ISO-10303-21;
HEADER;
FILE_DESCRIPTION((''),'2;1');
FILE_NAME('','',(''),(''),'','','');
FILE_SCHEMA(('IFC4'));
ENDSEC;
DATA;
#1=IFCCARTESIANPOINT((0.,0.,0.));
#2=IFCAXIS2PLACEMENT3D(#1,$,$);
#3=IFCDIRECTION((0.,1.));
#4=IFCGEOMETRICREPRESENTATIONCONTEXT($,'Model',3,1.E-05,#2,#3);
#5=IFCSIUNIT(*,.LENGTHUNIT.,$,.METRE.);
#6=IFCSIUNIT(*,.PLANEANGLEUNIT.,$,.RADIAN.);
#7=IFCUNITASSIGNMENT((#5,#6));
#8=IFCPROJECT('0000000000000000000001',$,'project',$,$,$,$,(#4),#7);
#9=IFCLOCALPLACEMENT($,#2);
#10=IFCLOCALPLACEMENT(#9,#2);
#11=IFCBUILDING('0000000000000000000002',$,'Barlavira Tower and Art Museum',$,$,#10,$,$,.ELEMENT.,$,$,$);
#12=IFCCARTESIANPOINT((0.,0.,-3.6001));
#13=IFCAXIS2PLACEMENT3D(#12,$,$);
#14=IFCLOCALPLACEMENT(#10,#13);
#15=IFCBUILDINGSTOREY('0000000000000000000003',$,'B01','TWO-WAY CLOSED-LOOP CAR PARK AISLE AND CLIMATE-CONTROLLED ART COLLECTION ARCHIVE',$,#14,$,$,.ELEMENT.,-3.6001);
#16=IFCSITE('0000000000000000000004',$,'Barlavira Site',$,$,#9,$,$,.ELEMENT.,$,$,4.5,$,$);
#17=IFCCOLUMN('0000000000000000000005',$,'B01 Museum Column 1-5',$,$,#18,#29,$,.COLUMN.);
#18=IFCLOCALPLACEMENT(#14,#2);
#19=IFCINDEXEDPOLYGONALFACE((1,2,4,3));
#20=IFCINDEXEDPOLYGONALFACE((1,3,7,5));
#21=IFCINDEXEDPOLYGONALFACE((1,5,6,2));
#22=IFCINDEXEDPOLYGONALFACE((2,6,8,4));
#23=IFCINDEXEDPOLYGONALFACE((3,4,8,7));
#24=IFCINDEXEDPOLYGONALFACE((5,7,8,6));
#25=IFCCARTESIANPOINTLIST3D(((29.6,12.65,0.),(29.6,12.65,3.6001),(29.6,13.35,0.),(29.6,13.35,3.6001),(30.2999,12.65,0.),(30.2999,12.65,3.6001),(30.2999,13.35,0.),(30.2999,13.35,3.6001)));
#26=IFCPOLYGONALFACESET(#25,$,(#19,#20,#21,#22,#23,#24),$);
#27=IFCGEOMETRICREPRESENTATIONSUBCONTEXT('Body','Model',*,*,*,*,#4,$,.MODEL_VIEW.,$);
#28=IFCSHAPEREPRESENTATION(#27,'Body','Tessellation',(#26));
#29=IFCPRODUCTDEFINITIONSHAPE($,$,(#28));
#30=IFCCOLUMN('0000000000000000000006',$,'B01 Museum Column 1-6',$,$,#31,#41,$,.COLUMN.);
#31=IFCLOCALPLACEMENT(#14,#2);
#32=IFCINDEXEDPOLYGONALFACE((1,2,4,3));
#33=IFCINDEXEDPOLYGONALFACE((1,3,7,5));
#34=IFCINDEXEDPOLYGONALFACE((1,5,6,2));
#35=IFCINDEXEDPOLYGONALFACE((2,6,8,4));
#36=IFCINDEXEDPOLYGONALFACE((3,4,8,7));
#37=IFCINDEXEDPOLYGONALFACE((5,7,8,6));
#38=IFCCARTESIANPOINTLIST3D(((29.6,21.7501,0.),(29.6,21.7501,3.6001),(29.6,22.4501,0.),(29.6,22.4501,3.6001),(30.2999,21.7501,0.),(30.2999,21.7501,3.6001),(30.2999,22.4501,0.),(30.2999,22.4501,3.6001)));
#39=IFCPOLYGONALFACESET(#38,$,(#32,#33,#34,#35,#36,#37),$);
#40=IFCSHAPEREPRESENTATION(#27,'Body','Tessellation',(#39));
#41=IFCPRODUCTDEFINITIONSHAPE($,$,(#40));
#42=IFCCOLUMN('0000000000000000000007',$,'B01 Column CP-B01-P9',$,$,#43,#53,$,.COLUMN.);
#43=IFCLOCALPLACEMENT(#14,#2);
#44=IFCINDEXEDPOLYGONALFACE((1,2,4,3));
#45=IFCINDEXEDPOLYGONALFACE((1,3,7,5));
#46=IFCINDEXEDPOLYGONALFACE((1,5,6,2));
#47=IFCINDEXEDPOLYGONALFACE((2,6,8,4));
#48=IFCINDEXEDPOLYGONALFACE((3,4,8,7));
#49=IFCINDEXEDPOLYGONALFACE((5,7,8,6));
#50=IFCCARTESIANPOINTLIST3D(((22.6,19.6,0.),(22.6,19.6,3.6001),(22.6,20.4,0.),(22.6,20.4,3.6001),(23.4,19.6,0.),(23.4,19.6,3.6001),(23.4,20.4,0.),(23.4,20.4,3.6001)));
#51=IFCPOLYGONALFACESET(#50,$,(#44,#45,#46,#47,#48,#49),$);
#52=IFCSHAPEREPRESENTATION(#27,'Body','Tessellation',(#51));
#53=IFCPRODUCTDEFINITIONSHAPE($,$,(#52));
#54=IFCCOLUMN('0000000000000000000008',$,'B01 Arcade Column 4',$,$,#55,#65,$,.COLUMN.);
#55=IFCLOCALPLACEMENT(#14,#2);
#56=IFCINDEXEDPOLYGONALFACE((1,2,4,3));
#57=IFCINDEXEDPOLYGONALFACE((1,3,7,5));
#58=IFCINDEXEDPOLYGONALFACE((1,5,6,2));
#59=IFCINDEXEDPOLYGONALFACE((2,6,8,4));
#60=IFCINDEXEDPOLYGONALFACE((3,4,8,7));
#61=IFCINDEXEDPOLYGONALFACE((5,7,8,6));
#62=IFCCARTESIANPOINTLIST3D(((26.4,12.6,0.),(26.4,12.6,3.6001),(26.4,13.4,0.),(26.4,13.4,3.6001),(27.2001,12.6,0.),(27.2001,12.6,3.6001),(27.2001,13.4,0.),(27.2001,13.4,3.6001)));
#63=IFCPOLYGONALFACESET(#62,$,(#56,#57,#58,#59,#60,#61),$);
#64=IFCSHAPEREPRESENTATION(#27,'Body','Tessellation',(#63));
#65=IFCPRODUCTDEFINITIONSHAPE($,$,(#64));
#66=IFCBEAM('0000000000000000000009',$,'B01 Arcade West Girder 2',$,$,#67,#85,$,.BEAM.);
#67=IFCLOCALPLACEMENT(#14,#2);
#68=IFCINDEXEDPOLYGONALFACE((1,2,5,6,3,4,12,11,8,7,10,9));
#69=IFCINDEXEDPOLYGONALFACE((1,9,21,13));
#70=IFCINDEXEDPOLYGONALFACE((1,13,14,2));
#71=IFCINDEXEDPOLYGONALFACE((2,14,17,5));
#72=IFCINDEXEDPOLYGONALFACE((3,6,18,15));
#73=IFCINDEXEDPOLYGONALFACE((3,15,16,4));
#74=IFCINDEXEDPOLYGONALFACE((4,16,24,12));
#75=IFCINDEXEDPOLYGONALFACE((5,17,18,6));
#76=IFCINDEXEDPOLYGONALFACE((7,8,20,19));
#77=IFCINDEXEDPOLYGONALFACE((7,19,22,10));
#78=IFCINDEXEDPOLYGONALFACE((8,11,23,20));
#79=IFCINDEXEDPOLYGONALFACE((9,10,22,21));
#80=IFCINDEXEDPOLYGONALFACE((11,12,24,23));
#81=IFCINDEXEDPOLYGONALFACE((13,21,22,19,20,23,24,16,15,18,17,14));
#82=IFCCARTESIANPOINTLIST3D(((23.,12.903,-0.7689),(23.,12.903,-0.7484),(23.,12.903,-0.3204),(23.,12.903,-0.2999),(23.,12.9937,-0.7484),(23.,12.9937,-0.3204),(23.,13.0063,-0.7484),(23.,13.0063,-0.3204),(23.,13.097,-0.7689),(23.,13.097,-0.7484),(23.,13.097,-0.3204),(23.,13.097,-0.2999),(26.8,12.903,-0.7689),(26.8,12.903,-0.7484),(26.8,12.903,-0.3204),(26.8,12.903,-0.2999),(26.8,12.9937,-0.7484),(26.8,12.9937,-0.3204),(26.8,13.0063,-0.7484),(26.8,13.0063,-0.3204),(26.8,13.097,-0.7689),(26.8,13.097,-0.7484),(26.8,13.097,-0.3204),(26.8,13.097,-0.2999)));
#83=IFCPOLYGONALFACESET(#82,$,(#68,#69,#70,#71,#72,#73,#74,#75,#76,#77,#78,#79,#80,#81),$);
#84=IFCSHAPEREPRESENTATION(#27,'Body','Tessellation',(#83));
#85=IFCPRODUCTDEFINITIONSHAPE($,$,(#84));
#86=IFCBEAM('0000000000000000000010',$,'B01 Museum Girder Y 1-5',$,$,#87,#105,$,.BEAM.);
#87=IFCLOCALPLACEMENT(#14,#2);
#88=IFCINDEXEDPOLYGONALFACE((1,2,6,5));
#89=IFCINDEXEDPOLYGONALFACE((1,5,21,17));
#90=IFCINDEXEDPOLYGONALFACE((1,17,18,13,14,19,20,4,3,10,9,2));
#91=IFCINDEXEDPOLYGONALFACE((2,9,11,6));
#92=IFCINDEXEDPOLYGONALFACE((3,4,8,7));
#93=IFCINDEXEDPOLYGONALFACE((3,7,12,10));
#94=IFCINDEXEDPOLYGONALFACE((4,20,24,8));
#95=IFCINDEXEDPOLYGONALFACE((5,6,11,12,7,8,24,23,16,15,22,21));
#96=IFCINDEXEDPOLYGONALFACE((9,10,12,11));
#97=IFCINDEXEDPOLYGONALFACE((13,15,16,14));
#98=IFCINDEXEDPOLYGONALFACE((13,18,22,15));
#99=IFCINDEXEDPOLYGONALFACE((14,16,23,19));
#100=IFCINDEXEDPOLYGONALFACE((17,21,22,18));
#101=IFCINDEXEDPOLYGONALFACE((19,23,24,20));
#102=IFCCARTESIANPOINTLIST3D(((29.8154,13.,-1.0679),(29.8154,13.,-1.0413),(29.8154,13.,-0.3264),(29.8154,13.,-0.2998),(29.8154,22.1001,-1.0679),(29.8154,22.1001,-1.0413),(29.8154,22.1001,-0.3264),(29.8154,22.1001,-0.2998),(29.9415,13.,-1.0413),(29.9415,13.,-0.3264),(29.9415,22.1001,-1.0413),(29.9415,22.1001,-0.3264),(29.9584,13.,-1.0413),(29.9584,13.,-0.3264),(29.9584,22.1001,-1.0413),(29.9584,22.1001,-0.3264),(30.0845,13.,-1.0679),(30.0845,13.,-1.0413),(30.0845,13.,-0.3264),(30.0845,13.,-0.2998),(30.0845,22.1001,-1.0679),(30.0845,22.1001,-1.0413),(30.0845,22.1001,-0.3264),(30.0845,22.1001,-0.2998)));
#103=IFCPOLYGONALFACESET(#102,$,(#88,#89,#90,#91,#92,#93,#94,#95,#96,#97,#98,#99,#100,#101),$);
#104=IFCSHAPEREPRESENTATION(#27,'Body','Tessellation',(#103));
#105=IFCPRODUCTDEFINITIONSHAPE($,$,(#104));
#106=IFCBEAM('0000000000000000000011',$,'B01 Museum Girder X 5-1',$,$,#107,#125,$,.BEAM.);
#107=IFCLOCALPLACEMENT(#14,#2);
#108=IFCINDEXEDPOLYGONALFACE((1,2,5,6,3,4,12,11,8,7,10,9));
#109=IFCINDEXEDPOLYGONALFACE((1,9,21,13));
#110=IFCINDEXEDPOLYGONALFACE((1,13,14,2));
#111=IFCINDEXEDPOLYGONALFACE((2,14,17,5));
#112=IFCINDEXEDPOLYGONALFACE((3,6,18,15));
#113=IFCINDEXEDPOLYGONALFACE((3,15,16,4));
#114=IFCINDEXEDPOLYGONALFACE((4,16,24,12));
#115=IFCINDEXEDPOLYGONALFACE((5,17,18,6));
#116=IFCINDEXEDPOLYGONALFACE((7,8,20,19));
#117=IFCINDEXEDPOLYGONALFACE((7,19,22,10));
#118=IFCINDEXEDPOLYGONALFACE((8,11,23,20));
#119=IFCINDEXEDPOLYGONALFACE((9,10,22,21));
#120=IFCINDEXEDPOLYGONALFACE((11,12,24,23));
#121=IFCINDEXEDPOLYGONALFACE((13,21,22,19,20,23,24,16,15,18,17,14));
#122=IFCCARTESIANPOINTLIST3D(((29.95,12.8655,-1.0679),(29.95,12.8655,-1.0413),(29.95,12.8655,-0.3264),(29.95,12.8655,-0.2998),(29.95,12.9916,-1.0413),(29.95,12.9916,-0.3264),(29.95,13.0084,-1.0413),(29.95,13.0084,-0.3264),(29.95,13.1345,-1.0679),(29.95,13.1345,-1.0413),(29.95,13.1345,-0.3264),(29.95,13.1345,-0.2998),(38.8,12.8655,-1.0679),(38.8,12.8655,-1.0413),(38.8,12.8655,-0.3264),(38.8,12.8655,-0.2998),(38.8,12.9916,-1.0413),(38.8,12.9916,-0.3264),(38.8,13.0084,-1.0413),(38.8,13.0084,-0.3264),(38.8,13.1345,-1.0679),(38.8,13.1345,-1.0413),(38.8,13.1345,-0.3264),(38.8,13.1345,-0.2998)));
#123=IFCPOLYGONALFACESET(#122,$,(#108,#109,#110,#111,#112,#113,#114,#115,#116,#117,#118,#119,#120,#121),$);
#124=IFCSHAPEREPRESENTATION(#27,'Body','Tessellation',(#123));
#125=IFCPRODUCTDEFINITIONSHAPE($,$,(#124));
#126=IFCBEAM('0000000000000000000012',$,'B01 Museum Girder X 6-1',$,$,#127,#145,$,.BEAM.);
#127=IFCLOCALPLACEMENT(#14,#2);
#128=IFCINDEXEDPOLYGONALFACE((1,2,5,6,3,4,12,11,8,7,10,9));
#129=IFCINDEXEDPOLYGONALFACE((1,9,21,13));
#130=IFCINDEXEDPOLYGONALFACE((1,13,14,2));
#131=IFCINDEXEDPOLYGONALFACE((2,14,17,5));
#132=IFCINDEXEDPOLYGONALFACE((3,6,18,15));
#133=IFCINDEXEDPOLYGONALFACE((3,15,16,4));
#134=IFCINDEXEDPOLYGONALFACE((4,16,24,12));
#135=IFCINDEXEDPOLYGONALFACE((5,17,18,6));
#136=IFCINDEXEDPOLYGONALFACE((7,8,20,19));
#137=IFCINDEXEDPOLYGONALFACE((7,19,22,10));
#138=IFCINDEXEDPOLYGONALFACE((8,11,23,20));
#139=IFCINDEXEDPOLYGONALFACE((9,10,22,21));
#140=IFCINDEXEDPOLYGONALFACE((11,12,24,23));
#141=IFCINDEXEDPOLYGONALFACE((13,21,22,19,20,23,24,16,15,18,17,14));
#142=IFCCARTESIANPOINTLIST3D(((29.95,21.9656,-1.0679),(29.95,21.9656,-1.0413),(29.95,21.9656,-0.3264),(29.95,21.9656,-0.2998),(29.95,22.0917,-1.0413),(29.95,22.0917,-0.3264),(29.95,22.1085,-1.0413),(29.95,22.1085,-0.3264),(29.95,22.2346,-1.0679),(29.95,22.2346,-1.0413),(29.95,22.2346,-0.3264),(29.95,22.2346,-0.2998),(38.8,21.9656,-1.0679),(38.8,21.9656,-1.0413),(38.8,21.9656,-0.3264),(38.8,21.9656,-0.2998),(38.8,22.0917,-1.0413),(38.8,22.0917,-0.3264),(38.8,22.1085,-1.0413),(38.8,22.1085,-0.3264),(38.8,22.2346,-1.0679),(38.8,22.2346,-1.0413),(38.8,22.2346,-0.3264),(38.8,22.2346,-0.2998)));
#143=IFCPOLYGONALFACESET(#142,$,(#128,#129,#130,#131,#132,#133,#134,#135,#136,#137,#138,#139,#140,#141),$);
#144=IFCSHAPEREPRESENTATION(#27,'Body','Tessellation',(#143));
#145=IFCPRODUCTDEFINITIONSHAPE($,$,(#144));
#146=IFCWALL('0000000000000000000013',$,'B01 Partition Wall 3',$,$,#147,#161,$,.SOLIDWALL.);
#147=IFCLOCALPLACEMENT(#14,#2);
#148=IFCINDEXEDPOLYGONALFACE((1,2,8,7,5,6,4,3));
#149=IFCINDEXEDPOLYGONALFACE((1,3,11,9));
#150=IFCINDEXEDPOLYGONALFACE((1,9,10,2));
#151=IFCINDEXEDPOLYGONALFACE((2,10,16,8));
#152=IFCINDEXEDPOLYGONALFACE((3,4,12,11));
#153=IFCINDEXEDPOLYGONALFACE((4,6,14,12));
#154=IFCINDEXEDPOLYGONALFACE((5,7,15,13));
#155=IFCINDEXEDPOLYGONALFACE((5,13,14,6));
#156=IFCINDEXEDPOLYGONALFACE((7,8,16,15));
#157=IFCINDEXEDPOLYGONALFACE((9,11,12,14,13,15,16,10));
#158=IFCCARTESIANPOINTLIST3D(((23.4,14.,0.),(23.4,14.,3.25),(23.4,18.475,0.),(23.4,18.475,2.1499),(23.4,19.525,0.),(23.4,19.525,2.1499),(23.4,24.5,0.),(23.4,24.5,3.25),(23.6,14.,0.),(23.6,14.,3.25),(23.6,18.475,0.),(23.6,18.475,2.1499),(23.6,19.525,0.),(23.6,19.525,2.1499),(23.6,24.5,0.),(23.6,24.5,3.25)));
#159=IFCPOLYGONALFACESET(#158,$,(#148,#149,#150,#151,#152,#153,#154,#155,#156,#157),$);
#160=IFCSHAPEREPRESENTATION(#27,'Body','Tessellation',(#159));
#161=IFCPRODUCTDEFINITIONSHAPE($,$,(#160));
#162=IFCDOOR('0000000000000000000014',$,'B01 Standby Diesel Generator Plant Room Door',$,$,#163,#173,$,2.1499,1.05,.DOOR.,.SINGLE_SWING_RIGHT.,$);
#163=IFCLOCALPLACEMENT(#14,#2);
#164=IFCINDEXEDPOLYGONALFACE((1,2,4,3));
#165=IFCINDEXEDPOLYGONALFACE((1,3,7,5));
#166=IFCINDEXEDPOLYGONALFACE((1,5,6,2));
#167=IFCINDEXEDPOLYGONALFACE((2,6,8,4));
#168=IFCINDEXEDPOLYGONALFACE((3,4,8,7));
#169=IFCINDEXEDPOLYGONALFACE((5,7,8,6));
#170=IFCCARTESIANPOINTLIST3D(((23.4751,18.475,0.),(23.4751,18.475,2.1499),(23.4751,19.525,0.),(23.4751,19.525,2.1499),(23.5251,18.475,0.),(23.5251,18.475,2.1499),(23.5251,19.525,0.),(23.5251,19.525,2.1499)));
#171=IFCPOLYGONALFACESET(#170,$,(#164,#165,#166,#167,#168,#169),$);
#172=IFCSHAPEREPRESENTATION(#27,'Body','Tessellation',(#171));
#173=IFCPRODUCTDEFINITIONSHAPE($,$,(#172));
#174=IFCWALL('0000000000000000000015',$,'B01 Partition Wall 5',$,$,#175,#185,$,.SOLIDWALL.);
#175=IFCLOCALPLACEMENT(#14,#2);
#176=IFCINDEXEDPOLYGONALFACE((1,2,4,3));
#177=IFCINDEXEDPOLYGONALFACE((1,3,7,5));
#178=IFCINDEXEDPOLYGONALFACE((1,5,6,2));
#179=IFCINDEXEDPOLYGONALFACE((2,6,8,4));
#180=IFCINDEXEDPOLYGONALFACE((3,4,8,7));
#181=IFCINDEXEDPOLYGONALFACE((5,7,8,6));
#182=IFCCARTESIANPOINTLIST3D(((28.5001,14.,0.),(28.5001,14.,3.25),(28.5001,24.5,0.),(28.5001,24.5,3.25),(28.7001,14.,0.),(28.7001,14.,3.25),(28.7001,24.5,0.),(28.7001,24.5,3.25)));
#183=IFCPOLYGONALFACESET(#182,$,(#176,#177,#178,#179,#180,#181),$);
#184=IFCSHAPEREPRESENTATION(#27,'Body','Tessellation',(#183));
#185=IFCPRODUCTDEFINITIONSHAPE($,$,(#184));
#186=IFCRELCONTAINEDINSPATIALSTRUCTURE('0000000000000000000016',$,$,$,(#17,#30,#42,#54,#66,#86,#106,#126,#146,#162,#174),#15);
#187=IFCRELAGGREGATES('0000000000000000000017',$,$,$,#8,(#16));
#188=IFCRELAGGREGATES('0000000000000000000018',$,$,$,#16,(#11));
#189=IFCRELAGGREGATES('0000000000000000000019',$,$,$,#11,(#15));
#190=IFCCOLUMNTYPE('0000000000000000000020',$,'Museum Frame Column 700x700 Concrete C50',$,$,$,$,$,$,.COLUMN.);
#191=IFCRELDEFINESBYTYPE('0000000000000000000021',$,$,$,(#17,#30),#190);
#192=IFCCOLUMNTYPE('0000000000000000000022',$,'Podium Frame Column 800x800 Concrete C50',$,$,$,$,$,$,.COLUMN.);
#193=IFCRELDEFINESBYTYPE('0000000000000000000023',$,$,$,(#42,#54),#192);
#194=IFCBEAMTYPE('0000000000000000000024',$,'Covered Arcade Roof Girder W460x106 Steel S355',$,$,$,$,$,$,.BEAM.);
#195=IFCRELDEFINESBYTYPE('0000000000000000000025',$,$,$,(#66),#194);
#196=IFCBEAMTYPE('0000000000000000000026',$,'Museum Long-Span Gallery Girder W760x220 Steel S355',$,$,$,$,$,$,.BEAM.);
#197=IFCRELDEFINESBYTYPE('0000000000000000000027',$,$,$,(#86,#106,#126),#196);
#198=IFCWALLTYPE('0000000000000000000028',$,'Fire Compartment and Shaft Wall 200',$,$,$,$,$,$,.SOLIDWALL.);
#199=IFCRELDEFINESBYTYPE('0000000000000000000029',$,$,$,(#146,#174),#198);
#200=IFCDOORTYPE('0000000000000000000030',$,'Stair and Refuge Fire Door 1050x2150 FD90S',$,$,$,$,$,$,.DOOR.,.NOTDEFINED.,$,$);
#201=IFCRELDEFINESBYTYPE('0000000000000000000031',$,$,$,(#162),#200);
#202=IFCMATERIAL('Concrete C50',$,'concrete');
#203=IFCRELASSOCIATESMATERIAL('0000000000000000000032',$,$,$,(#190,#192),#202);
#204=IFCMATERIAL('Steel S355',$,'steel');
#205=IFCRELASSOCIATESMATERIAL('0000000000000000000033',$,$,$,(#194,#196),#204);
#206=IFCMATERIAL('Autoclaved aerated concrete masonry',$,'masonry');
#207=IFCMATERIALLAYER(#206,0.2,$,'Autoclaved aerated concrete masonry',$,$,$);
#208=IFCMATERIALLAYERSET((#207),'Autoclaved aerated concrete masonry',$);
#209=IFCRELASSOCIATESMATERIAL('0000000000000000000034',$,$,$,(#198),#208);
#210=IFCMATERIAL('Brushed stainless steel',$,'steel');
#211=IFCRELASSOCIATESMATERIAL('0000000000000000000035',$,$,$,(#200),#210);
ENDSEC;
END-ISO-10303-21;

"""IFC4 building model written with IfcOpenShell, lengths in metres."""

from ifc_helpers import new_model, si_unit, direction, frame, frame_2d, origin, origin_2d, place, context, subcontext, project, spatial, rectangle, i_section, extrude, material, layer, layer_set, material_profile, profile_set, type_object, element, fill, save


model = new_model("IFC4")

# Units and contexts
model_context = context("Model", 3, precision=1e-05, world=origin(), true_north=direction((0.0, 1.0)))
body_context = subcontext(model_context, "Body", "Model", "MODEL_VIEW")
ifc_project = project(units=[si_unit("LENGTHUNIT", "METRE"), si_unit("PLANEANGLEUNIT", "RADIAN")], contexts=[model_context])

# Site, building, storey
site_placement = place(None, origin())
site = spatial("IfcSite", under=ifc_project, at=site_placement, Name="Barlavira Site", CompositionType="ELEMENT", RefElevation=4.5)
building_placement = place(site_placement, origin())
building = spatial("IfcBuilding", under=site, at=building_placement, Name="Barlavira Tower and Art Museum", CompositionType="ELEMENT")
storey_placement = place(building_placement, frame((0.0, 0.0, -3.6001)))
storey = spatial("IfcBuildingStorey", under=building, at=storey_placement, Name="B01", Description="TWO-WAY CLOSED-LOOP CAR PARK AISLE AND CLIMATE-CONTROLLED ART COLLECTION ARCHIVE", CompositionType="ELEMENT", Elevation=-3.6001)

# Columns
ifc_material_1 = material(Name="Concrete C50", Category="concrete")
ifc_material_profile_1 = material_profile(ifc_material_1, rectangle(XDim=0.7, YDim=0.7, at=origin_2d()), Name="RC-COL 700x700")
ifc_profile_set_1 = profile_set([ifc_material_profile_1], Name="Concrete C50")
column_type_1 = type_object("IfcColumnType", Name="Museum Frame Column 700x700 Concrete C50", PredefinedType="COLUMN", material=ifc_profile_set_1)
for number, where, z_axis, x_axis, name in (
    (1, (29.95, 13.0, 0.0), (0.0, 0.0, 1.0), (1.0, 0.0, 0.0), "B01 Museum Column 1-5"),
    (2, (29.95, 22.1001, 0.0), (0.0, 0.0, 1.0), (1.0, 0.0, 0.0), "B01 Museum Column 1-6"),
):
    element("IfcColumn", number, at=place(storey_placement, frame(where, z_axis=z_axis, x_axis=x_axis)), inside=storey, type_object=column_type_1, Name=name, PredefinedType="COLUMN", context=body_context, shape_type="SweptSolid", body=[
        extrude(rectangle(XDim=0.7, YDim=0.7, at=origin_2d()), origin(), (0.0, 0.0, 1.0), 3.6001),
    ])
ifc_material_profile_2 = material_profile(ifc_material_1, rectangle(XDim=0.8, YDim=0.8, at=origin_2d()), Name="RC-COL 800x800")
ifc_profile_set_2 = profile_set([ifc_material_profile_2], Name="Concrete C50")
column_type_2 = type_object("IfcColumnType", Name="Podium Frame Column 800x800 Concrete C50", PredefinedType="COLUMN", material=ifc_profile_set_2)
for number, where, z_axis, x_axis, name in (
    (3, (23.0, 20.0, 0.0), (0.0, 0.0, 1.0), (1.0, 0.0, 0.0), "B01 Column CP-B01-P9"),
    (4, (26.8, 13.0, 0.0), (0.0, 0.0, 1.0), (1.0, 0.0, 0.0), "B01 Arcade Column 4"),
):
    element("IfcColumn", number, at=place(storey_placement, frame(where, z_axis=z_axis, x_axis=x_axis)), inside=storey, type_object=column_type_2, Name=name, PredefinedType="COLUMN", context=body_context, shape_type="SweptSolid", body=[
        extrude(rectangle(XDim=0.8, YDim=0.8, at=origin_2d()), origin(), (0.0, 0.0, 1.0), 3.6001),
    ])

# Beams
ifc_material_2 = material(Name="Steel S355", Category="steel")
ifc_material_profile_3 = material_profile(ifc_material_2, i_section(OverallWidth=0.1941, OverallDepth=0.469, WebThickness=0.0127, FlangeThickness=0.0205, at=origin_2d()), Name="W460x106.0")
ifc_profile_set_3 = profile_set([ifc_material_profile_3], Name="Steel S355")
beam_type_1 = type_object("IfcBeamType", Name="Covered Arcade Roof Girder W460x106 Steel S355", PredefinedType="BEAM", material=ifc_profile_set_3)
beam_1_placement = place(storey_placement, frame((23.0, 13.0, -0.5344), z_axis=(1.0, 0.0, 0.0), x_axis=(0.0, 1.0, 0.0)))
element("IfcBeam", 5, at=beam_1_placement, inside=storey, type_object=beam_type_1, Name="B01 Arcade West Girder 2", PredefinedType="BEAM", context=body_context, shape_type="SweptSolid", body=[
    extrude(i_section(OverallWidth=0.1941, OverallDepth=0.469, WebThickness=0.0127, FlangeThickness=0.0205, at=origin_2d()), origin(), (0.0, 0.0, 1.0), 3.8),
])
ifc_material_profile_4 = material_profile(ifc_material_2, i_section(OverallWidth=0.269, OverallDepth=0.7681, WebThickness=0.0168, FlangeThickness=0.0266, at=origin_2d()), Name="W760x220.0")
ifc_profile_set_4 = profile_set([ifc_material_profile_4], Name="Steel S355")
beam_type_2 = type_object("IfcBeamType", Name="Museum Long-Span Gallery Girder W760x220 Steel S355", PredefinedType="BEAM", material=ifc_profile_set_4)
beam_2_placement = place(storey_placement, frame((29.95, 13.0, -0.6838), z_axis=(0.0, 1.0, 0.0), x_axis=(-1.0, 0.0, 0.0)))
element("IfcBeam", 6, at=beam_2_placement, inside=storey, type_object=beam_type_2, Name="B01 Museum Girder Y 1-5", PredefinedType="BEAM", context=body_context, shape_type="SweptSolid", body=[
    extrude(i_section(OverallWidth=0.269, OverallDepth=0.7681, WebThickness=0.0168, FlangeThickness=0.0266, at=origin_2d()), origin(), (0.0, 0.0, 1.0), 9.1001),
])
for number, where, z_axis, x_axis, name in (
    (7, (29.95, 13.0, -0.6838), (1.0, 0.0, 0.0), (0.0, 1.0, 0.0), "B01 Museum Girder X 5-1"),
    (8, (29.95, 22.1001, -0.6838), (1.0, 0.0, 0.0), (0.0, 1.0, 0.0), "B01 Museum Girder X 6-1"),
):
    element("IfcBeam", number, at=place(storey_placement, frame(where, z_axis=z_axis, x_axis=x_axis)), inside=storey, type_object=beam_type_2, Name=name, PredefinedType="BEAM", context=body_context, shape_type="SweptSolid", body=[
        extrude(i_section(OverallWidth=0.269, OverallDepth=0.7681, WebThickness=0.0168, FlangeThickness=0.0266, at=origin_2d()), origin(), (0.0, 0.0, 1.0), 8.8501),
    ])

# Wall, opening, door
ifc_material_3 = material(Name="Autoclaved aerated concrete masonry", Category="masonry")
ifc_layer_1 = layer(ifc_material_3, 0.2, Name="Autoclaved aerated concrete masonry")
ifc_layer_set_1 = layer_set([ifc_layer_1], Name="Autoclaved aerated concrete masonry")
wall_type_1 = type_object("IfcWallType", Name="Fire Compartment and Shaft Wall 200", PredefinedType="SOLIDWALL", material=ifc_layer_set_1)
wall_1_placement = place(storey_placement, frame((23.5, 14.0, 0.0), z_axis=(0.0, 0.0, 1.0), x_axis=(0.0, 1.0, 0.0)))
wall_1 = element("IfcWall", 9, at=wall_1_placement, inside=storey, type_object=wall_type_1, Name="B01 Partition Wall 3", PredefinedType="SOLIDWALL", context=body_context, shape_type="SweptSolid", body=[
    extrude(rectangle(XDim=10.5, YDim=0.2, at=frame_2d((5.25, 0.0))), origin(), (0.0, 0.0, 1.0), 3.25),
])
opening_placement = place(wall_1_placement, frame((4.4751, 0.0, 0.0)))
opening = element("IfcOpeningElement", 10, at=opening_placement, cuts=wall_1, PredefinedType="OPENING", context=body_context, shape_type="SweptSolid", body=[
    extrude(rectangle(XDim=1.05, YDim=2.1499, at=frame_2d((0.5249, 1.075))), frame((0.0, 0.1099, 0.0), z_axis=(0.0, -1.0, 0.0), x_axis=(1.0, 0.0, 0.0)), (0.0, 0.0, 1.0), 0.22),
])
ifc_material_4 = material(Name="Brushed stainless steel", Category="steel")
door_type = type_object("IfcDoorType", Name="Stair and Refuge Fire Door 1050x2150 FD90S", OperationType="NOTDEFINED", PredefinedType="DOOR", material=ifc_material_4)
door_placement = place(opening_placement, origin())
door = element("IfcDoor", 11, at=door_placement, inside=storey, type_object=door_type, Name="B01 Standby Diesel Generator Plant Room Door", OperationType="SINGLE_SWING_RIGHT", OverallHeight=2.1499, OverallWidth=1.05, PredefinedType="DOOR", context=body_context, shape_type="SweptSolid", body=[
    extrude(rectangle(XDim=1.05, YDim=2.1499, at=frame_2d((0.5249, 1.075))), frame((0.0, 0.0249, 0.0), z_axis=(0.0, -1.0, 0.0), x_axis=(1.0, 0.0, 0.0)), (0.0, 0.0, 1.0), 0.05),
])
fill(opening, door)

# Wall
wall_2_placement = place(storey_placement, frame((28.6001, 14.0, 0.0), z_axis=(0.0, 0.0, 1.0), x_axis=(0.0, 1.0, 0.0)))
element("IfcWall", 12, at=wall_2_placement, inside=storey, type_object=wall_type_1, Name="B01 Partition Wall 5", PredefinedType="SOLIDWALL", context=body_context, shape_type="SweptSolid", body=[
    extrude(rectangle(XDim=10.5, YDim=0.2, at=frame_2d((5.25, 0.0))), origin(), (0.0, 0.0, 1.0), 3.25),
])

save(model, "model.ifc")
